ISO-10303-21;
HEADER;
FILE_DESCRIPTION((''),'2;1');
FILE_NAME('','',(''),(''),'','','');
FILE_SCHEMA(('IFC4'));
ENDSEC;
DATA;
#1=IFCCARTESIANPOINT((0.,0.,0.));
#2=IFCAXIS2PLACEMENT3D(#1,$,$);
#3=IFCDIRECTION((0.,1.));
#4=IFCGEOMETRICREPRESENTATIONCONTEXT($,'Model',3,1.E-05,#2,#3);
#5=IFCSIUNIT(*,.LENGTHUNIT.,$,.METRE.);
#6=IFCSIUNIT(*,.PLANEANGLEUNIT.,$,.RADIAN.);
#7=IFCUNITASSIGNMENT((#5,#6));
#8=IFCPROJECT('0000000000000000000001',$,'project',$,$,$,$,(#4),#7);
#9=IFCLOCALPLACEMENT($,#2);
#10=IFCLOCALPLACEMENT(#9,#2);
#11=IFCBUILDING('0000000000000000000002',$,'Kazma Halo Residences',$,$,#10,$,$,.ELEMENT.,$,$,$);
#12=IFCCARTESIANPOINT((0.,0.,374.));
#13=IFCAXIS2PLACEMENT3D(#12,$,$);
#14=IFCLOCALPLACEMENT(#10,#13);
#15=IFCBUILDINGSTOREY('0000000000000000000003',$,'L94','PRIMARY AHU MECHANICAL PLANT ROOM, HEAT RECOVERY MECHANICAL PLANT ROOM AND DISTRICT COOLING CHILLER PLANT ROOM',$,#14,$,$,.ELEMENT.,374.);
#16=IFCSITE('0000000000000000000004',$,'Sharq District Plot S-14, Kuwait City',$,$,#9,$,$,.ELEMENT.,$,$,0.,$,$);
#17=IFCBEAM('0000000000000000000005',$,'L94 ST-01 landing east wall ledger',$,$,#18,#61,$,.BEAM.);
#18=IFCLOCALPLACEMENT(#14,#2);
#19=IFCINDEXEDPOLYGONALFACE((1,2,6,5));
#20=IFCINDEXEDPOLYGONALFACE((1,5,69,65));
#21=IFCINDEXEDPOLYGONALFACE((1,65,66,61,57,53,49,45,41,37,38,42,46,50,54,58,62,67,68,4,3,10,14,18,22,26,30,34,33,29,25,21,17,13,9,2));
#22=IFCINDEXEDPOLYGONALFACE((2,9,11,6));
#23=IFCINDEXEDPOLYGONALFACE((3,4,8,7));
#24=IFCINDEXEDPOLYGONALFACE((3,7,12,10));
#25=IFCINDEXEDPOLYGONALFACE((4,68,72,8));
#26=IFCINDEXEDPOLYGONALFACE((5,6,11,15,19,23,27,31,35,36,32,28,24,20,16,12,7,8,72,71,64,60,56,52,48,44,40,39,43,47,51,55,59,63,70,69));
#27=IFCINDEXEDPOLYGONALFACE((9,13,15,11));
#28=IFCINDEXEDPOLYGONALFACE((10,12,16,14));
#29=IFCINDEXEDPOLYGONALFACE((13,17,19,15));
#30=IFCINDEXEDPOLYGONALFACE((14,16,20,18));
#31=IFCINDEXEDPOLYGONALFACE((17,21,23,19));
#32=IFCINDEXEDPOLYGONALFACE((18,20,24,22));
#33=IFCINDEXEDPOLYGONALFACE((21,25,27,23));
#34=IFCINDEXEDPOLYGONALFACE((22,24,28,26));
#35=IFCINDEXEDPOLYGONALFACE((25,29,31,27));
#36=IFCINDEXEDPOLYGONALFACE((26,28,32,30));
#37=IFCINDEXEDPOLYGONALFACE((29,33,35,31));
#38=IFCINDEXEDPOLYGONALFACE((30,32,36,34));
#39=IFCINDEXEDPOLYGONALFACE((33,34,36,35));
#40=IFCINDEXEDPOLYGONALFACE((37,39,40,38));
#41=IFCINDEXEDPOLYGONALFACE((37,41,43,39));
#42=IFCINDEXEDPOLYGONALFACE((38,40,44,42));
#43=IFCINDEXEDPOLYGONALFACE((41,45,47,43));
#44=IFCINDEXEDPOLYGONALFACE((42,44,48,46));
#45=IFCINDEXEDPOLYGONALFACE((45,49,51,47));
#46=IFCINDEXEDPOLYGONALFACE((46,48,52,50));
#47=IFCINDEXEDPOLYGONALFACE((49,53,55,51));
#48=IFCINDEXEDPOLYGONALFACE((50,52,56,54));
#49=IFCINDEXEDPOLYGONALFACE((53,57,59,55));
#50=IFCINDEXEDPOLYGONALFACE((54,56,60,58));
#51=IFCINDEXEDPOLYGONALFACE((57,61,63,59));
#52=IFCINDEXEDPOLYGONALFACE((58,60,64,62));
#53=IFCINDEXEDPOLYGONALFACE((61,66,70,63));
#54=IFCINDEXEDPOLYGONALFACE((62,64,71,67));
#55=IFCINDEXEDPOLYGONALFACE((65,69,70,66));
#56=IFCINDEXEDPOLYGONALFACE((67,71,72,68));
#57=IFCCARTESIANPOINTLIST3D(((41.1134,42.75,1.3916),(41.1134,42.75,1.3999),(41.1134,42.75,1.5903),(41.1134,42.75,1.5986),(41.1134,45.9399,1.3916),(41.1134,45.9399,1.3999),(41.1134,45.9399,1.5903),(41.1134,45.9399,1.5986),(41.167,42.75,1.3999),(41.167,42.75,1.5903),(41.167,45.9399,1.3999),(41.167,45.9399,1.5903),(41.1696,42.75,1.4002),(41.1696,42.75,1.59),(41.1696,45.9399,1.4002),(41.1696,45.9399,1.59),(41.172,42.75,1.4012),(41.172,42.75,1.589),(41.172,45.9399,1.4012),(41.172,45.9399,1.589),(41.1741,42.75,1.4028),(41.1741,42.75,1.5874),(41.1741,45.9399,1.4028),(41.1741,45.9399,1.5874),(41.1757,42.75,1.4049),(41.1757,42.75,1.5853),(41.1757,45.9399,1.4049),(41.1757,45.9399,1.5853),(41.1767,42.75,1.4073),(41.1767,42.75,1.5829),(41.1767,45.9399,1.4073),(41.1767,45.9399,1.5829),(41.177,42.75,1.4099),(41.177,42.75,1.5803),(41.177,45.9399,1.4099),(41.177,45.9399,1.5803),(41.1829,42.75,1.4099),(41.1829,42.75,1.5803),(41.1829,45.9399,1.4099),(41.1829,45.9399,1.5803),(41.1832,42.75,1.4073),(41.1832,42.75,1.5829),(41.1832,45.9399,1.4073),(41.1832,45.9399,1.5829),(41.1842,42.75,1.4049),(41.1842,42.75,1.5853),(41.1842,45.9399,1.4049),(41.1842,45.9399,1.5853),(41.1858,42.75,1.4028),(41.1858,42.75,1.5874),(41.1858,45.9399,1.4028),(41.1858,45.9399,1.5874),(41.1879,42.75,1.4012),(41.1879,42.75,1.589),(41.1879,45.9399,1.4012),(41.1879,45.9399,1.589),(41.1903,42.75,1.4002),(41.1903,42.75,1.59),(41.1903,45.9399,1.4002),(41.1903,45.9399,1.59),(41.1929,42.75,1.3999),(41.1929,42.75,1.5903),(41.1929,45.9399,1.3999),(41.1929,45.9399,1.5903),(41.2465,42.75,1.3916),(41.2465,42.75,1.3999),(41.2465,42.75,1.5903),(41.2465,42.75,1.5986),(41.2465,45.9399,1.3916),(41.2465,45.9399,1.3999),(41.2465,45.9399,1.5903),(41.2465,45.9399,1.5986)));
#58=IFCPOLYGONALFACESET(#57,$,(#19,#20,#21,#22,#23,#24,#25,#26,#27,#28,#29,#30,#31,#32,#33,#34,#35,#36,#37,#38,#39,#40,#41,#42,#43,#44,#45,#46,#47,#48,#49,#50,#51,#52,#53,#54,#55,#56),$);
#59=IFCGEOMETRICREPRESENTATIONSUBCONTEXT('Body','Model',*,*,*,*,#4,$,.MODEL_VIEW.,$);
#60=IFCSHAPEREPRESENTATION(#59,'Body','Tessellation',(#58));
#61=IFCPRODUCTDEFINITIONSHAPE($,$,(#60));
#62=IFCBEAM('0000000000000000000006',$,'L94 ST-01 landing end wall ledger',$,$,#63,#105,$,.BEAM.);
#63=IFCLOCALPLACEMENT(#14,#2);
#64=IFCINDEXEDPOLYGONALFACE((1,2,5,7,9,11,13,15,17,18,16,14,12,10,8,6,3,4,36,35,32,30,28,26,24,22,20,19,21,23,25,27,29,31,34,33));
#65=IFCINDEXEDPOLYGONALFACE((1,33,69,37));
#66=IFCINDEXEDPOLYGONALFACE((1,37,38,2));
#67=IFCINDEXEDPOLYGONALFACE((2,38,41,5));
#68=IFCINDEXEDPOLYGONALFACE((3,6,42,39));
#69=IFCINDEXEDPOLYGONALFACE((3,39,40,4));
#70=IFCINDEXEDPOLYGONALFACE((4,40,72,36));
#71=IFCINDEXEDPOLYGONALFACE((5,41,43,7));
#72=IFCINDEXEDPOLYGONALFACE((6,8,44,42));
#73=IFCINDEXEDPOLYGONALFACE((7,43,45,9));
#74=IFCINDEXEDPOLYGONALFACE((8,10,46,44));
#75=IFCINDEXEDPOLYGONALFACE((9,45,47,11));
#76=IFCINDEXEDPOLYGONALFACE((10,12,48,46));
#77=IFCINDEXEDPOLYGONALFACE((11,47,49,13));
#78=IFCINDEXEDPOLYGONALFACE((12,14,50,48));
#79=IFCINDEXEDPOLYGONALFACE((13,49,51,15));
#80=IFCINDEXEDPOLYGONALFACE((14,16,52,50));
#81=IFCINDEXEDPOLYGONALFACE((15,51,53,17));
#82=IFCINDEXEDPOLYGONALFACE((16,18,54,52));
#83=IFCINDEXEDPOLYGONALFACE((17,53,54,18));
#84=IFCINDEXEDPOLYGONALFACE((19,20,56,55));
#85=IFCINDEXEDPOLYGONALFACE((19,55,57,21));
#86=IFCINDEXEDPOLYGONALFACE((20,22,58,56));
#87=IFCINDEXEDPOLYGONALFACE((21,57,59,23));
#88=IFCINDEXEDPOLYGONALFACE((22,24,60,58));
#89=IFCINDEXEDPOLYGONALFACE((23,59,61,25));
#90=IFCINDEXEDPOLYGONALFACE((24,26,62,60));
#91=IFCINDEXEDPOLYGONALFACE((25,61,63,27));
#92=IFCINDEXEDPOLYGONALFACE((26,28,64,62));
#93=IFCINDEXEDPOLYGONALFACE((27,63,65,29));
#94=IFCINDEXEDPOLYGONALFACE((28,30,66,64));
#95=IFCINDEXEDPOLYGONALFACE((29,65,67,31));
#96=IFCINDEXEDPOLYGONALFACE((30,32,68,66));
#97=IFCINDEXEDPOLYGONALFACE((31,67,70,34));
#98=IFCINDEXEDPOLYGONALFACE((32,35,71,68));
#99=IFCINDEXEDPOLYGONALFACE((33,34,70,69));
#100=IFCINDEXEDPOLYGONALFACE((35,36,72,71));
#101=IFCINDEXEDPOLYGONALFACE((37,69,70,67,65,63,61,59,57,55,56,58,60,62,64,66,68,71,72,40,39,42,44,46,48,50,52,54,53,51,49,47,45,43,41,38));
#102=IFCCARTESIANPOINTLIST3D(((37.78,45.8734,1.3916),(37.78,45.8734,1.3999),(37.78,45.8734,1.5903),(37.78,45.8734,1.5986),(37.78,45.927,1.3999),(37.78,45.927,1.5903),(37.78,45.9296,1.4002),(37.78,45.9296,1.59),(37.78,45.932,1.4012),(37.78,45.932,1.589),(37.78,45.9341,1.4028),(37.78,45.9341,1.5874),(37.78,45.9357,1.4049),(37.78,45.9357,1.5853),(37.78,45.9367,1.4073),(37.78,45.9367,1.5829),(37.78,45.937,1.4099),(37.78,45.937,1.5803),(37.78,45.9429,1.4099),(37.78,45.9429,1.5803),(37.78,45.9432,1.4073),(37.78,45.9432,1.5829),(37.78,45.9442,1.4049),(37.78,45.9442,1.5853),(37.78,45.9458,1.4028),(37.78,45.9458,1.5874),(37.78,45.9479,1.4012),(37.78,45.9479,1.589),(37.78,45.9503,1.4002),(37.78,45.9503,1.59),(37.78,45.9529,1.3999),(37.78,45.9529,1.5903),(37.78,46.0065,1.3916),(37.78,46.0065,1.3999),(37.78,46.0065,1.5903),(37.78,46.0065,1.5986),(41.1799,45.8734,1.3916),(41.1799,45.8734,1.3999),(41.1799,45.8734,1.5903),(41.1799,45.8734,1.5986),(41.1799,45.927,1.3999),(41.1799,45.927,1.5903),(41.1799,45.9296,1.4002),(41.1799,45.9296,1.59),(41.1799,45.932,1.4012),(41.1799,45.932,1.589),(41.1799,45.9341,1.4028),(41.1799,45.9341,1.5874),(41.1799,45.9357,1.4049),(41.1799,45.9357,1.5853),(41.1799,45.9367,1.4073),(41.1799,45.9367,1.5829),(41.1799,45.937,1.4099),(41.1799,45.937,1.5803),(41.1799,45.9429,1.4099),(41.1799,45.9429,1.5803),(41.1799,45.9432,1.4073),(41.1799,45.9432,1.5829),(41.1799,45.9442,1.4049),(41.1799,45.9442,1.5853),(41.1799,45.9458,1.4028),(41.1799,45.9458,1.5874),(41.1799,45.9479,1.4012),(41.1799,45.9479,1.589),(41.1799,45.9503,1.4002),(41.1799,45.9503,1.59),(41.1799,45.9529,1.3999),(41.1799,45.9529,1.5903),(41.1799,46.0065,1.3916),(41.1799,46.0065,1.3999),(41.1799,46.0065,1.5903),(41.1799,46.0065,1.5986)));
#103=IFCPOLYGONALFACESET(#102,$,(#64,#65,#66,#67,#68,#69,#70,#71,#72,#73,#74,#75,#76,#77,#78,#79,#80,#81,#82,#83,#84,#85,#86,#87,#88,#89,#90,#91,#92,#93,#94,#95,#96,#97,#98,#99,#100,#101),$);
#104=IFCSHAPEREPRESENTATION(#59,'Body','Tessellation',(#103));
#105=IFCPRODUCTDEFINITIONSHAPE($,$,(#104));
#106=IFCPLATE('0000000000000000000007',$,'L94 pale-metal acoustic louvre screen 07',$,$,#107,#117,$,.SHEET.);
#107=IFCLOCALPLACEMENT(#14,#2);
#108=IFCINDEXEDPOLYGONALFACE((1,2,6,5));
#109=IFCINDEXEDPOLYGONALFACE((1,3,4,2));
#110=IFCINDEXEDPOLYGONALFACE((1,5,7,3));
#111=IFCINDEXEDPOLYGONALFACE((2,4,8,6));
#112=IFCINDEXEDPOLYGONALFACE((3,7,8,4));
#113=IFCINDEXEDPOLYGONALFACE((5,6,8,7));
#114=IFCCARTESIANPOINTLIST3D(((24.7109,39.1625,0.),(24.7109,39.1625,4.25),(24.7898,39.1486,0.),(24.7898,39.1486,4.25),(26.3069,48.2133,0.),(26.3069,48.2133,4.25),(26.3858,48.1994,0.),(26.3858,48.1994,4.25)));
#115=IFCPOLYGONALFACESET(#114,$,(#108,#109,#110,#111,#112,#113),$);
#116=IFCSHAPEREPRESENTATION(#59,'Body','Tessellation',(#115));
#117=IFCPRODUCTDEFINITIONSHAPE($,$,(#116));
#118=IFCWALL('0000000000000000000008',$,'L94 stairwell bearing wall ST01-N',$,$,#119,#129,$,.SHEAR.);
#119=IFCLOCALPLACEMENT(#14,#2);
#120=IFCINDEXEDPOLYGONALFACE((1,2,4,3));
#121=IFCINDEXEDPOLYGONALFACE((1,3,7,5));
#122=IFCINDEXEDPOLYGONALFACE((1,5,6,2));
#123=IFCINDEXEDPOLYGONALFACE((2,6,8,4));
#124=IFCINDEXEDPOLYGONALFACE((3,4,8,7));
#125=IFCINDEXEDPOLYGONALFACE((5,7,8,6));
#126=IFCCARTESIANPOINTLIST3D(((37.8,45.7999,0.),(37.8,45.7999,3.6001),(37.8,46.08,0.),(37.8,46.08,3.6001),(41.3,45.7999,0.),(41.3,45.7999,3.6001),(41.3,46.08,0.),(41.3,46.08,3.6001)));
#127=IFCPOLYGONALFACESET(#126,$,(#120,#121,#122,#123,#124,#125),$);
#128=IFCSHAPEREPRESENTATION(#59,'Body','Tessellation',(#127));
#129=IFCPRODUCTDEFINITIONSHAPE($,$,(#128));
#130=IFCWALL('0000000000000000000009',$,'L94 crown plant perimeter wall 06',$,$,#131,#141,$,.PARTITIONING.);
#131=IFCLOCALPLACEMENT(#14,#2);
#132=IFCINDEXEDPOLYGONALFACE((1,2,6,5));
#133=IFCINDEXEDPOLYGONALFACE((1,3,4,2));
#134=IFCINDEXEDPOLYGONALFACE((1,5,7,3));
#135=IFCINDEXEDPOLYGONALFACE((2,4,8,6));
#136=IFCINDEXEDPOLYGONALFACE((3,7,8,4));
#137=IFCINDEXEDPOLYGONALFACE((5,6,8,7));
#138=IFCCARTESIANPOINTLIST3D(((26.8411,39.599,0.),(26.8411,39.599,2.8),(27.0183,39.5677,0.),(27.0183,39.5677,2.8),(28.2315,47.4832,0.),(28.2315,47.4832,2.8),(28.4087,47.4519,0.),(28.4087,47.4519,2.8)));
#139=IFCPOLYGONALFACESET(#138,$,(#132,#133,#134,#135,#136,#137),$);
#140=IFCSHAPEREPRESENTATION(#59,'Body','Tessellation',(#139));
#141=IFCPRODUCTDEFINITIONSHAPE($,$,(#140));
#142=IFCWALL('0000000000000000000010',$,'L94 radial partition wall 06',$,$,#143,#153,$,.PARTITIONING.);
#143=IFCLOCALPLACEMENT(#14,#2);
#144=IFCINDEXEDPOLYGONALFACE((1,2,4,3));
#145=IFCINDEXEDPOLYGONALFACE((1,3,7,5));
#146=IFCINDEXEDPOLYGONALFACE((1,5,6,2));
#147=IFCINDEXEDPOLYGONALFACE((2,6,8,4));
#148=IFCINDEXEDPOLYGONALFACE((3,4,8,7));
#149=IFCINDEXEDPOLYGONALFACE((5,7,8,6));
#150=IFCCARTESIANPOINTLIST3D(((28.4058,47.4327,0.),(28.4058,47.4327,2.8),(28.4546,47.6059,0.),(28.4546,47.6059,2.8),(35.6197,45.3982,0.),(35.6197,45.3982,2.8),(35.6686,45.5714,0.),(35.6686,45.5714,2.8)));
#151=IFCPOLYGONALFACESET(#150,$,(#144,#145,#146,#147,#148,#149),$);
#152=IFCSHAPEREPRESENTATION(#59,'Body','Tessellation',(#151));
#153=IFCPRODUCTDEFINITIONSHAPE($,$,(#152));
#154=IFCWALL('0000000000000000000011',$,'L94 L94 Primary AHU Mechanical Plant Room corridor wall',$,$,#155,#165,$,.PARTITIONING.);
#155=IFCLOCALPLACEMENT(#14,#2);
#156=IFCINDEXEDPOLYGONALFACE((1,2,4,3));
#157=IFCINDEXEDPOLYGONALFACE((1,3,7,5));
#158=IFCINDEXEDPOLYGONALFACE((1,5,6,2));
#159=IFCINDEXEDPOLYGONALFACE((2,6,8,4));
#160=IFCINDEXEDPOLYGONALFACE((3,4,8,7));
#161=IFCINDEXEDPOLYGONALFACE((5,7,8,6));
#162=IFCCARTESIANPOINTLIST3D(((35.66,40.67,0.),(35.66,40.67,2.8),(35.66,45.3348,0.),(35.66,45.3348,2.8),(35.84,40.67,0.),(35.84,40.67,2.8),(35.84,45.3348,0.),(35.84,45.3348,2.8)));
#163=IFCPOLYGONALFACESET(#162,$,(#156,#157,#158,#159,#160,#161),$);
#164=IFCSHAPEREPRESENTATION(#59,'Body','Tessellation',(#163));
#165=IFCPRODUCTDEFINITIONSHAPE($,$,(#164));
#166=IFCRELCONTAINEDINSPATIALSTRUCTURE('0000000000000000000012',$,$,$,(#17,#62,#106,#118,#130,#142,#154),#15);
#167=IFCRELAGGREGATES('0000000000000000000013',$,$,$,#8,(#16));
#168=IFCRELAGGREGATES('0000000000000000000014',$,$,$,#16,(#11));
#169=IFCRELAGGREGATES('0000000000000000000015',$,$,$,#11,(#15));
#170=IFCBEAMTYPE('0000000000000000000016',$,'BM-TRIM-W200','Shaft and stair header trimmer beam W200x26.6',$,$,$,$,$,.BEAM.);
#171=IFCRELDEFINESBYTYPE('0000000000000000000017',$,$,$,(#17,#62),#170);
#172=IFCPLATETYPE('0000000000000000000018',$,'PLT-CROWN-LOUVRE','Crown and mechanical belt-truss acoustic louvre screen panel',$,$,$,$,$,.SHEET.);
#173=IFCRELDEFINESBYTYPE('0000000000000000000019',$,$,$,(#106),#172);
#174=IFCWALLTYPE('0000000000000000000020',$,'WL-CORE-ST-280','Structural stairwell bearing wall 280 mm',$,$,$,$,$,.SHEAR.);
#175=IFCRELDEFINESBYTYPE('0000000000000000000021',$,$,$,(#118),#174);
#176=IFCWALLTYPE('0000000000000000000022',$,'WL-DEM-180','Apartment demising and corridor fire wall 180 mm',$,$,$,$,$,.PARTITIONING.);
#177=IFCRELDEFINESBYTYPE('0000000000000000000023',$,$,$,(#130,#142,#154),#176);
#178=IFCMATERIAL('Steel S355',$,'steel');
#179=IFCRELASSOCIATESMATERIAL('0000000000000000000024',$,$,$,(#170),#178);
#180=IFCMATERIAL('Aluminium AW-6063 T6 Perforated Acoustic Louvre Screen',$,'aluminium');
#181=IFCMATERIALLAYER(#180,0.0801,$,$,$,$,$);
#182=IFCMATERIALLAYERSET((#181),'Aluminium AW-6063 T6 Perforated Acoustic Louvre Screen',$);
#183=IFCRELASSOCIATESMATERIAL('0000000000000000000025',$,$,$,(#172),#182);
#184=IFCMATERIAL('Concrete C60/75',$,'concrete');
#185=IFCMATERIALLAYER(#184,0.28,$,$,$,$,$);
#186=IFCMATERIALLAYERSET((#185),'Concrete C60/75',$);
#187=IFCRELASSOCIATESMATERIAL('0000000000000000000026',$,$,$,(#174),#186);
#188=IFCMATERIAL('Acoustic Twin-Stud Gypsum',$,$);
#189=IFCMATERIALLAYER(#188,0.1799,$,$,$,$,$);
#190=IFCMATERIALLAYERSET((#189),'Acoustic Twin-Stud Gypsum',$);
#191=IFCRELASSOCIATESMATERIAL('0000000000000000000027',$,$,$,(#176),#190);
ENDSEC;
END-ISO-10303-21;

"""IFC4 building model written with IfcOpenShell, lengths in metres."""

from ifc_helpers import new_model, si_unit, direction, frame, frame_2d, origin, origin_2d, place, context, subcontext, project, spatial, rectangle, i_section, extrude, material, layer, layer_set, material_profile, profile_set, type_object, element, save


model = new_model("IFC4")

# Units and contexts
model_context = context("Model", 3, precision=1e-05, world=origin(), true_north=direction((0.0, 1.0)))
body_context = subcontext(model_context, "Body", "Model", "MODEL_VIEW")
ifc_project = project(units=[si_unit("LENGTHUNIT", "METRE"), si_unit("PLANEANGLEUNIT", "RADIAN")], contexts=[model_context])

# Site, building, storey
site_placement = place(None, origin())
site = spatial("IfcSite", under=ifc_project, at=site_placement, Name="Sharq District Plot S-14, Kuwait City", CompositionType="ELEMENT", RefElevation=0.0)
building_placement = place(site_placement, origin())
building = spatial("IfcBuilding", under=site, at=building_placement, Name="Kazma Halo Residences", CompositionType="ELEMENT")
storey_placement = place(building_placement, frame((0.0, 0.0, 374.0)))
storey = spatial("IfcBuildingStorey", under=building, at=storey_placement, Name="L94", Description="PRIMARY AHU MECHANICAL PLANT ROOM, HEAT RECOVERY MECHANICAL PLANT ROOM AND DISTRICT COOLING CHILLER PLANT ROOM", CompositionType="ELEMENT", Elevation=374.0)

# Shared definitions
ifc_material_1 = material(Name="Steel S355", Category="steel")

# Beams
ifc_material_profile_1 = material_profile(ifc_material_1, i_section(OverallWidth=0.1331, OverallDepth=0.207, WebThickness=0.0059, FlangeThickness=0.0083, FilletRadius=0.01, at=origin_2d()), Name="W200x26.6")
ifc_profile_set_1 = profile_set([ifc_material_profile_1], Name="Steel S355")
beam_type_1 = type_object("IfcBeamType", Name="BM-TRIM-W200", Description="Shaft and stair header trimmer beam W200x26.6", PredefinedType="BEAM", material=ifc_profile_set_1)
beam_1_placement = place(storey_placement, frame((41.1799, 42.75, 1.4951), z_axis=(0.0, 1.0, 0.0), x_axis=(-1.0, 0.0, 0.0)))
element("IfcBeam", 1, at=beam_1_placement, inside=storey, type_object=beam_type_1, Name="L94 ST-01 landing east wall ledger", PredefinedType="BEAM", context=body_context, shape_type="SweptSolid", body=[
    extrude(i_section(OverallWidth=0.1331, OverallDepth=0.207, WebThickness=0.0059, FlangeThickness=0.0083, FilletRadius=0.01, at=origin_2d()), origin(), (0.0, 0.0, 1.0), 3.1899),
])
beam_2_placement = place(storey_placement, frame((37.78, 45.9399, 1.4951), z_axis=(1.0, 0.0, 0.0), x_axis=(0.0, 1.0, 0.0)))
element("IfcBeam", 2, at=beam_2_placement, inside=storey, type_object=beam_type_1, Name="L94 ST-01 landing end wall ledger", PredefinedType="BEAM", context=body_context, shape_type="SweptSolid", body=[
    extrude(i_section(OverallWidth=0.1331, OverallDepth=0.207, WebThickness=0.0059, FlangeThickness=0.0083, FilletRadius=0.01, at=origin_2d()), origin(), (0.0, 0.0, 1.0), 3.3999),
])

# Plate
ifc_material_2 = material(Name="Aluminium AW-6063 T6 Perforated Acoustic Louvre Screen", Category="aluminium")
ifc_layer_1 = layer(ifc_material_2, 0.0801)
ifc_layer_set_1 = layer_set([ifc_layer_1], Name="Aluminium AW-6063 T6 Perforated Acoustic Louvre Screen")
plate_type = type_object("IfcPlateType", Name="PLT-CROWN-LOUVRE", Description="Crown and mechanical belt-truss acoustic louvre screen panel", PredefinedType="SHEET", material=ifc_layer_set_1)
plate_placement = place(storey_placement, frame((25.5483, 43.6809, 0.0), z_axis=(0.0, 0.0, 1.0), x_axis=(-0.173656, -0.984806, 0.0)))
element("IfcPlate", 3, at=plate_placement, inside=storey, type_object=plate_type, Name="L94 pale-metal acoustic louvre screen 07", PredefinedType="SHEET", context=body_context, shape_type="SweptSolid", body=[
    extrude(rectangle(XDim=9.1904, YDim=0.0801, at=origin_2d()), origin(), (0.0, 0.0, 1.0), 4.25),
])

# Walls
ifc_material_3 = material(Name="Concrete C60/75", Category="concrete")
ifc_layer_2 = layer(ifc_material_3, 0.28)
ifc_layer_set_2 = layer_set([ifc_layer_2], Name="Concrete C60/75")
wall_type_1 = type_object("IfcWallType", Name="WL-CORE-ST-280", Description="Structural stairwell bearing wall 280 mm", PredefinedType="SHEAR", material=ifc_layer_set_2)
wall_1_placement = place(storey_placement, frame((37.8, 45.9399, 0.0), z_axis=(0.0, 0.0, 1.0), x_axis=(1.0, 0.0, 0.0)))
element("IfcWall", 4, at=wall_1_placement, inside=storey, type_object=wall_type_1, Name="L94 stairwell bearing wall ST01-N", PredefinedType="SHEAR", context=body_context, shape_type="SweptSolid", body=[
    extrude(rectangle(XDim=3.5, YDim=0.28, at=frame_2d((1.75, 0.0))), origin(), (0.0, 0.0, 1.0), 3.6001),
])
ifc_material_4 = material(Name="Acoustic Twin-Stud Gypsum")
ifc_layer_3 = layer(ifc_material_4, 0.1799)
ifc_layer_set_3 = layer_set([ifc_layer_3], Name="Acoustic Twin-Stud Gypsum")
wall_type_2 = type_object("IfcWallType", Name="WL-DEM-180", Description="Apartment demising and corridor fire wall 180 mm", PredefinedType="PARTITIONING", material=ifc_layer_set_3)
wall_2_placement = place(storey_placement, frame((28.3201, 47.4675, 0.0), z_axis=(0.0, 0.0, 1.0), x_axis=(-0.173669, -0.984804, 0.0)))
element("IfcWall", 5, at=wall_2_placement, inside=storey, type_object=wall_type_2, Name="L94 crown plant perimeter wall 06", PredefinedType="PARTITIONING", context=body_context, shape_type="SweptSolid", body=[
    extrude(rectangle(XDim=8.0059, YDim=0.1799, at=frame_2d((4.0029, 0.0))), origin(), (0.0, 0.0, 1.0), 2.8),
])
wall_3_placement = place(storey_placement, frame((35.644, 45.4849, 0.0), z_axis=(0.0, 0.0, 1.0), x_axis=(-0.962459, 0.271428, 0.0)))
element("IfcWall", 6, at=wall_3_placement, inside=storey, type_object=wall_type_2, Name="L94 radial partition wall 06", PredefinedType="PARTITIONING", context=body_context, shape_type="SweptSolid", body=[
    extrude(rectangle(XDim=7.4954, YDim=0.1799, at=frame_2d((3.7476, 0.0))), origin(), (0.0, 0.0, 1.0), 2.8),
])
wall_4_placement = place(storey_placement, frame((35.75, 45.335, 0.0), z_axis=(0.0, 0.0, 1.0), x_axis=(0.0, -1.0, 0.0)))
element("IfcWall", 7, at=wall_4_placement, inside=storey, type_object=wall_type_2, Name="L94 L94 Primary AHU Mechanical Plant Room corridor wall", PredefinedType="PARTITIONING", context=body_context, shape_type="SweptSolid", body=[
    extrude(rectangle(XDim=4.6648, YDim=0.1799, at=frame_2d((2.3325, 0.0))), origin(), (0.0, 0.0, 1.0), 2.8),
])

save(model, "model.ifc")
